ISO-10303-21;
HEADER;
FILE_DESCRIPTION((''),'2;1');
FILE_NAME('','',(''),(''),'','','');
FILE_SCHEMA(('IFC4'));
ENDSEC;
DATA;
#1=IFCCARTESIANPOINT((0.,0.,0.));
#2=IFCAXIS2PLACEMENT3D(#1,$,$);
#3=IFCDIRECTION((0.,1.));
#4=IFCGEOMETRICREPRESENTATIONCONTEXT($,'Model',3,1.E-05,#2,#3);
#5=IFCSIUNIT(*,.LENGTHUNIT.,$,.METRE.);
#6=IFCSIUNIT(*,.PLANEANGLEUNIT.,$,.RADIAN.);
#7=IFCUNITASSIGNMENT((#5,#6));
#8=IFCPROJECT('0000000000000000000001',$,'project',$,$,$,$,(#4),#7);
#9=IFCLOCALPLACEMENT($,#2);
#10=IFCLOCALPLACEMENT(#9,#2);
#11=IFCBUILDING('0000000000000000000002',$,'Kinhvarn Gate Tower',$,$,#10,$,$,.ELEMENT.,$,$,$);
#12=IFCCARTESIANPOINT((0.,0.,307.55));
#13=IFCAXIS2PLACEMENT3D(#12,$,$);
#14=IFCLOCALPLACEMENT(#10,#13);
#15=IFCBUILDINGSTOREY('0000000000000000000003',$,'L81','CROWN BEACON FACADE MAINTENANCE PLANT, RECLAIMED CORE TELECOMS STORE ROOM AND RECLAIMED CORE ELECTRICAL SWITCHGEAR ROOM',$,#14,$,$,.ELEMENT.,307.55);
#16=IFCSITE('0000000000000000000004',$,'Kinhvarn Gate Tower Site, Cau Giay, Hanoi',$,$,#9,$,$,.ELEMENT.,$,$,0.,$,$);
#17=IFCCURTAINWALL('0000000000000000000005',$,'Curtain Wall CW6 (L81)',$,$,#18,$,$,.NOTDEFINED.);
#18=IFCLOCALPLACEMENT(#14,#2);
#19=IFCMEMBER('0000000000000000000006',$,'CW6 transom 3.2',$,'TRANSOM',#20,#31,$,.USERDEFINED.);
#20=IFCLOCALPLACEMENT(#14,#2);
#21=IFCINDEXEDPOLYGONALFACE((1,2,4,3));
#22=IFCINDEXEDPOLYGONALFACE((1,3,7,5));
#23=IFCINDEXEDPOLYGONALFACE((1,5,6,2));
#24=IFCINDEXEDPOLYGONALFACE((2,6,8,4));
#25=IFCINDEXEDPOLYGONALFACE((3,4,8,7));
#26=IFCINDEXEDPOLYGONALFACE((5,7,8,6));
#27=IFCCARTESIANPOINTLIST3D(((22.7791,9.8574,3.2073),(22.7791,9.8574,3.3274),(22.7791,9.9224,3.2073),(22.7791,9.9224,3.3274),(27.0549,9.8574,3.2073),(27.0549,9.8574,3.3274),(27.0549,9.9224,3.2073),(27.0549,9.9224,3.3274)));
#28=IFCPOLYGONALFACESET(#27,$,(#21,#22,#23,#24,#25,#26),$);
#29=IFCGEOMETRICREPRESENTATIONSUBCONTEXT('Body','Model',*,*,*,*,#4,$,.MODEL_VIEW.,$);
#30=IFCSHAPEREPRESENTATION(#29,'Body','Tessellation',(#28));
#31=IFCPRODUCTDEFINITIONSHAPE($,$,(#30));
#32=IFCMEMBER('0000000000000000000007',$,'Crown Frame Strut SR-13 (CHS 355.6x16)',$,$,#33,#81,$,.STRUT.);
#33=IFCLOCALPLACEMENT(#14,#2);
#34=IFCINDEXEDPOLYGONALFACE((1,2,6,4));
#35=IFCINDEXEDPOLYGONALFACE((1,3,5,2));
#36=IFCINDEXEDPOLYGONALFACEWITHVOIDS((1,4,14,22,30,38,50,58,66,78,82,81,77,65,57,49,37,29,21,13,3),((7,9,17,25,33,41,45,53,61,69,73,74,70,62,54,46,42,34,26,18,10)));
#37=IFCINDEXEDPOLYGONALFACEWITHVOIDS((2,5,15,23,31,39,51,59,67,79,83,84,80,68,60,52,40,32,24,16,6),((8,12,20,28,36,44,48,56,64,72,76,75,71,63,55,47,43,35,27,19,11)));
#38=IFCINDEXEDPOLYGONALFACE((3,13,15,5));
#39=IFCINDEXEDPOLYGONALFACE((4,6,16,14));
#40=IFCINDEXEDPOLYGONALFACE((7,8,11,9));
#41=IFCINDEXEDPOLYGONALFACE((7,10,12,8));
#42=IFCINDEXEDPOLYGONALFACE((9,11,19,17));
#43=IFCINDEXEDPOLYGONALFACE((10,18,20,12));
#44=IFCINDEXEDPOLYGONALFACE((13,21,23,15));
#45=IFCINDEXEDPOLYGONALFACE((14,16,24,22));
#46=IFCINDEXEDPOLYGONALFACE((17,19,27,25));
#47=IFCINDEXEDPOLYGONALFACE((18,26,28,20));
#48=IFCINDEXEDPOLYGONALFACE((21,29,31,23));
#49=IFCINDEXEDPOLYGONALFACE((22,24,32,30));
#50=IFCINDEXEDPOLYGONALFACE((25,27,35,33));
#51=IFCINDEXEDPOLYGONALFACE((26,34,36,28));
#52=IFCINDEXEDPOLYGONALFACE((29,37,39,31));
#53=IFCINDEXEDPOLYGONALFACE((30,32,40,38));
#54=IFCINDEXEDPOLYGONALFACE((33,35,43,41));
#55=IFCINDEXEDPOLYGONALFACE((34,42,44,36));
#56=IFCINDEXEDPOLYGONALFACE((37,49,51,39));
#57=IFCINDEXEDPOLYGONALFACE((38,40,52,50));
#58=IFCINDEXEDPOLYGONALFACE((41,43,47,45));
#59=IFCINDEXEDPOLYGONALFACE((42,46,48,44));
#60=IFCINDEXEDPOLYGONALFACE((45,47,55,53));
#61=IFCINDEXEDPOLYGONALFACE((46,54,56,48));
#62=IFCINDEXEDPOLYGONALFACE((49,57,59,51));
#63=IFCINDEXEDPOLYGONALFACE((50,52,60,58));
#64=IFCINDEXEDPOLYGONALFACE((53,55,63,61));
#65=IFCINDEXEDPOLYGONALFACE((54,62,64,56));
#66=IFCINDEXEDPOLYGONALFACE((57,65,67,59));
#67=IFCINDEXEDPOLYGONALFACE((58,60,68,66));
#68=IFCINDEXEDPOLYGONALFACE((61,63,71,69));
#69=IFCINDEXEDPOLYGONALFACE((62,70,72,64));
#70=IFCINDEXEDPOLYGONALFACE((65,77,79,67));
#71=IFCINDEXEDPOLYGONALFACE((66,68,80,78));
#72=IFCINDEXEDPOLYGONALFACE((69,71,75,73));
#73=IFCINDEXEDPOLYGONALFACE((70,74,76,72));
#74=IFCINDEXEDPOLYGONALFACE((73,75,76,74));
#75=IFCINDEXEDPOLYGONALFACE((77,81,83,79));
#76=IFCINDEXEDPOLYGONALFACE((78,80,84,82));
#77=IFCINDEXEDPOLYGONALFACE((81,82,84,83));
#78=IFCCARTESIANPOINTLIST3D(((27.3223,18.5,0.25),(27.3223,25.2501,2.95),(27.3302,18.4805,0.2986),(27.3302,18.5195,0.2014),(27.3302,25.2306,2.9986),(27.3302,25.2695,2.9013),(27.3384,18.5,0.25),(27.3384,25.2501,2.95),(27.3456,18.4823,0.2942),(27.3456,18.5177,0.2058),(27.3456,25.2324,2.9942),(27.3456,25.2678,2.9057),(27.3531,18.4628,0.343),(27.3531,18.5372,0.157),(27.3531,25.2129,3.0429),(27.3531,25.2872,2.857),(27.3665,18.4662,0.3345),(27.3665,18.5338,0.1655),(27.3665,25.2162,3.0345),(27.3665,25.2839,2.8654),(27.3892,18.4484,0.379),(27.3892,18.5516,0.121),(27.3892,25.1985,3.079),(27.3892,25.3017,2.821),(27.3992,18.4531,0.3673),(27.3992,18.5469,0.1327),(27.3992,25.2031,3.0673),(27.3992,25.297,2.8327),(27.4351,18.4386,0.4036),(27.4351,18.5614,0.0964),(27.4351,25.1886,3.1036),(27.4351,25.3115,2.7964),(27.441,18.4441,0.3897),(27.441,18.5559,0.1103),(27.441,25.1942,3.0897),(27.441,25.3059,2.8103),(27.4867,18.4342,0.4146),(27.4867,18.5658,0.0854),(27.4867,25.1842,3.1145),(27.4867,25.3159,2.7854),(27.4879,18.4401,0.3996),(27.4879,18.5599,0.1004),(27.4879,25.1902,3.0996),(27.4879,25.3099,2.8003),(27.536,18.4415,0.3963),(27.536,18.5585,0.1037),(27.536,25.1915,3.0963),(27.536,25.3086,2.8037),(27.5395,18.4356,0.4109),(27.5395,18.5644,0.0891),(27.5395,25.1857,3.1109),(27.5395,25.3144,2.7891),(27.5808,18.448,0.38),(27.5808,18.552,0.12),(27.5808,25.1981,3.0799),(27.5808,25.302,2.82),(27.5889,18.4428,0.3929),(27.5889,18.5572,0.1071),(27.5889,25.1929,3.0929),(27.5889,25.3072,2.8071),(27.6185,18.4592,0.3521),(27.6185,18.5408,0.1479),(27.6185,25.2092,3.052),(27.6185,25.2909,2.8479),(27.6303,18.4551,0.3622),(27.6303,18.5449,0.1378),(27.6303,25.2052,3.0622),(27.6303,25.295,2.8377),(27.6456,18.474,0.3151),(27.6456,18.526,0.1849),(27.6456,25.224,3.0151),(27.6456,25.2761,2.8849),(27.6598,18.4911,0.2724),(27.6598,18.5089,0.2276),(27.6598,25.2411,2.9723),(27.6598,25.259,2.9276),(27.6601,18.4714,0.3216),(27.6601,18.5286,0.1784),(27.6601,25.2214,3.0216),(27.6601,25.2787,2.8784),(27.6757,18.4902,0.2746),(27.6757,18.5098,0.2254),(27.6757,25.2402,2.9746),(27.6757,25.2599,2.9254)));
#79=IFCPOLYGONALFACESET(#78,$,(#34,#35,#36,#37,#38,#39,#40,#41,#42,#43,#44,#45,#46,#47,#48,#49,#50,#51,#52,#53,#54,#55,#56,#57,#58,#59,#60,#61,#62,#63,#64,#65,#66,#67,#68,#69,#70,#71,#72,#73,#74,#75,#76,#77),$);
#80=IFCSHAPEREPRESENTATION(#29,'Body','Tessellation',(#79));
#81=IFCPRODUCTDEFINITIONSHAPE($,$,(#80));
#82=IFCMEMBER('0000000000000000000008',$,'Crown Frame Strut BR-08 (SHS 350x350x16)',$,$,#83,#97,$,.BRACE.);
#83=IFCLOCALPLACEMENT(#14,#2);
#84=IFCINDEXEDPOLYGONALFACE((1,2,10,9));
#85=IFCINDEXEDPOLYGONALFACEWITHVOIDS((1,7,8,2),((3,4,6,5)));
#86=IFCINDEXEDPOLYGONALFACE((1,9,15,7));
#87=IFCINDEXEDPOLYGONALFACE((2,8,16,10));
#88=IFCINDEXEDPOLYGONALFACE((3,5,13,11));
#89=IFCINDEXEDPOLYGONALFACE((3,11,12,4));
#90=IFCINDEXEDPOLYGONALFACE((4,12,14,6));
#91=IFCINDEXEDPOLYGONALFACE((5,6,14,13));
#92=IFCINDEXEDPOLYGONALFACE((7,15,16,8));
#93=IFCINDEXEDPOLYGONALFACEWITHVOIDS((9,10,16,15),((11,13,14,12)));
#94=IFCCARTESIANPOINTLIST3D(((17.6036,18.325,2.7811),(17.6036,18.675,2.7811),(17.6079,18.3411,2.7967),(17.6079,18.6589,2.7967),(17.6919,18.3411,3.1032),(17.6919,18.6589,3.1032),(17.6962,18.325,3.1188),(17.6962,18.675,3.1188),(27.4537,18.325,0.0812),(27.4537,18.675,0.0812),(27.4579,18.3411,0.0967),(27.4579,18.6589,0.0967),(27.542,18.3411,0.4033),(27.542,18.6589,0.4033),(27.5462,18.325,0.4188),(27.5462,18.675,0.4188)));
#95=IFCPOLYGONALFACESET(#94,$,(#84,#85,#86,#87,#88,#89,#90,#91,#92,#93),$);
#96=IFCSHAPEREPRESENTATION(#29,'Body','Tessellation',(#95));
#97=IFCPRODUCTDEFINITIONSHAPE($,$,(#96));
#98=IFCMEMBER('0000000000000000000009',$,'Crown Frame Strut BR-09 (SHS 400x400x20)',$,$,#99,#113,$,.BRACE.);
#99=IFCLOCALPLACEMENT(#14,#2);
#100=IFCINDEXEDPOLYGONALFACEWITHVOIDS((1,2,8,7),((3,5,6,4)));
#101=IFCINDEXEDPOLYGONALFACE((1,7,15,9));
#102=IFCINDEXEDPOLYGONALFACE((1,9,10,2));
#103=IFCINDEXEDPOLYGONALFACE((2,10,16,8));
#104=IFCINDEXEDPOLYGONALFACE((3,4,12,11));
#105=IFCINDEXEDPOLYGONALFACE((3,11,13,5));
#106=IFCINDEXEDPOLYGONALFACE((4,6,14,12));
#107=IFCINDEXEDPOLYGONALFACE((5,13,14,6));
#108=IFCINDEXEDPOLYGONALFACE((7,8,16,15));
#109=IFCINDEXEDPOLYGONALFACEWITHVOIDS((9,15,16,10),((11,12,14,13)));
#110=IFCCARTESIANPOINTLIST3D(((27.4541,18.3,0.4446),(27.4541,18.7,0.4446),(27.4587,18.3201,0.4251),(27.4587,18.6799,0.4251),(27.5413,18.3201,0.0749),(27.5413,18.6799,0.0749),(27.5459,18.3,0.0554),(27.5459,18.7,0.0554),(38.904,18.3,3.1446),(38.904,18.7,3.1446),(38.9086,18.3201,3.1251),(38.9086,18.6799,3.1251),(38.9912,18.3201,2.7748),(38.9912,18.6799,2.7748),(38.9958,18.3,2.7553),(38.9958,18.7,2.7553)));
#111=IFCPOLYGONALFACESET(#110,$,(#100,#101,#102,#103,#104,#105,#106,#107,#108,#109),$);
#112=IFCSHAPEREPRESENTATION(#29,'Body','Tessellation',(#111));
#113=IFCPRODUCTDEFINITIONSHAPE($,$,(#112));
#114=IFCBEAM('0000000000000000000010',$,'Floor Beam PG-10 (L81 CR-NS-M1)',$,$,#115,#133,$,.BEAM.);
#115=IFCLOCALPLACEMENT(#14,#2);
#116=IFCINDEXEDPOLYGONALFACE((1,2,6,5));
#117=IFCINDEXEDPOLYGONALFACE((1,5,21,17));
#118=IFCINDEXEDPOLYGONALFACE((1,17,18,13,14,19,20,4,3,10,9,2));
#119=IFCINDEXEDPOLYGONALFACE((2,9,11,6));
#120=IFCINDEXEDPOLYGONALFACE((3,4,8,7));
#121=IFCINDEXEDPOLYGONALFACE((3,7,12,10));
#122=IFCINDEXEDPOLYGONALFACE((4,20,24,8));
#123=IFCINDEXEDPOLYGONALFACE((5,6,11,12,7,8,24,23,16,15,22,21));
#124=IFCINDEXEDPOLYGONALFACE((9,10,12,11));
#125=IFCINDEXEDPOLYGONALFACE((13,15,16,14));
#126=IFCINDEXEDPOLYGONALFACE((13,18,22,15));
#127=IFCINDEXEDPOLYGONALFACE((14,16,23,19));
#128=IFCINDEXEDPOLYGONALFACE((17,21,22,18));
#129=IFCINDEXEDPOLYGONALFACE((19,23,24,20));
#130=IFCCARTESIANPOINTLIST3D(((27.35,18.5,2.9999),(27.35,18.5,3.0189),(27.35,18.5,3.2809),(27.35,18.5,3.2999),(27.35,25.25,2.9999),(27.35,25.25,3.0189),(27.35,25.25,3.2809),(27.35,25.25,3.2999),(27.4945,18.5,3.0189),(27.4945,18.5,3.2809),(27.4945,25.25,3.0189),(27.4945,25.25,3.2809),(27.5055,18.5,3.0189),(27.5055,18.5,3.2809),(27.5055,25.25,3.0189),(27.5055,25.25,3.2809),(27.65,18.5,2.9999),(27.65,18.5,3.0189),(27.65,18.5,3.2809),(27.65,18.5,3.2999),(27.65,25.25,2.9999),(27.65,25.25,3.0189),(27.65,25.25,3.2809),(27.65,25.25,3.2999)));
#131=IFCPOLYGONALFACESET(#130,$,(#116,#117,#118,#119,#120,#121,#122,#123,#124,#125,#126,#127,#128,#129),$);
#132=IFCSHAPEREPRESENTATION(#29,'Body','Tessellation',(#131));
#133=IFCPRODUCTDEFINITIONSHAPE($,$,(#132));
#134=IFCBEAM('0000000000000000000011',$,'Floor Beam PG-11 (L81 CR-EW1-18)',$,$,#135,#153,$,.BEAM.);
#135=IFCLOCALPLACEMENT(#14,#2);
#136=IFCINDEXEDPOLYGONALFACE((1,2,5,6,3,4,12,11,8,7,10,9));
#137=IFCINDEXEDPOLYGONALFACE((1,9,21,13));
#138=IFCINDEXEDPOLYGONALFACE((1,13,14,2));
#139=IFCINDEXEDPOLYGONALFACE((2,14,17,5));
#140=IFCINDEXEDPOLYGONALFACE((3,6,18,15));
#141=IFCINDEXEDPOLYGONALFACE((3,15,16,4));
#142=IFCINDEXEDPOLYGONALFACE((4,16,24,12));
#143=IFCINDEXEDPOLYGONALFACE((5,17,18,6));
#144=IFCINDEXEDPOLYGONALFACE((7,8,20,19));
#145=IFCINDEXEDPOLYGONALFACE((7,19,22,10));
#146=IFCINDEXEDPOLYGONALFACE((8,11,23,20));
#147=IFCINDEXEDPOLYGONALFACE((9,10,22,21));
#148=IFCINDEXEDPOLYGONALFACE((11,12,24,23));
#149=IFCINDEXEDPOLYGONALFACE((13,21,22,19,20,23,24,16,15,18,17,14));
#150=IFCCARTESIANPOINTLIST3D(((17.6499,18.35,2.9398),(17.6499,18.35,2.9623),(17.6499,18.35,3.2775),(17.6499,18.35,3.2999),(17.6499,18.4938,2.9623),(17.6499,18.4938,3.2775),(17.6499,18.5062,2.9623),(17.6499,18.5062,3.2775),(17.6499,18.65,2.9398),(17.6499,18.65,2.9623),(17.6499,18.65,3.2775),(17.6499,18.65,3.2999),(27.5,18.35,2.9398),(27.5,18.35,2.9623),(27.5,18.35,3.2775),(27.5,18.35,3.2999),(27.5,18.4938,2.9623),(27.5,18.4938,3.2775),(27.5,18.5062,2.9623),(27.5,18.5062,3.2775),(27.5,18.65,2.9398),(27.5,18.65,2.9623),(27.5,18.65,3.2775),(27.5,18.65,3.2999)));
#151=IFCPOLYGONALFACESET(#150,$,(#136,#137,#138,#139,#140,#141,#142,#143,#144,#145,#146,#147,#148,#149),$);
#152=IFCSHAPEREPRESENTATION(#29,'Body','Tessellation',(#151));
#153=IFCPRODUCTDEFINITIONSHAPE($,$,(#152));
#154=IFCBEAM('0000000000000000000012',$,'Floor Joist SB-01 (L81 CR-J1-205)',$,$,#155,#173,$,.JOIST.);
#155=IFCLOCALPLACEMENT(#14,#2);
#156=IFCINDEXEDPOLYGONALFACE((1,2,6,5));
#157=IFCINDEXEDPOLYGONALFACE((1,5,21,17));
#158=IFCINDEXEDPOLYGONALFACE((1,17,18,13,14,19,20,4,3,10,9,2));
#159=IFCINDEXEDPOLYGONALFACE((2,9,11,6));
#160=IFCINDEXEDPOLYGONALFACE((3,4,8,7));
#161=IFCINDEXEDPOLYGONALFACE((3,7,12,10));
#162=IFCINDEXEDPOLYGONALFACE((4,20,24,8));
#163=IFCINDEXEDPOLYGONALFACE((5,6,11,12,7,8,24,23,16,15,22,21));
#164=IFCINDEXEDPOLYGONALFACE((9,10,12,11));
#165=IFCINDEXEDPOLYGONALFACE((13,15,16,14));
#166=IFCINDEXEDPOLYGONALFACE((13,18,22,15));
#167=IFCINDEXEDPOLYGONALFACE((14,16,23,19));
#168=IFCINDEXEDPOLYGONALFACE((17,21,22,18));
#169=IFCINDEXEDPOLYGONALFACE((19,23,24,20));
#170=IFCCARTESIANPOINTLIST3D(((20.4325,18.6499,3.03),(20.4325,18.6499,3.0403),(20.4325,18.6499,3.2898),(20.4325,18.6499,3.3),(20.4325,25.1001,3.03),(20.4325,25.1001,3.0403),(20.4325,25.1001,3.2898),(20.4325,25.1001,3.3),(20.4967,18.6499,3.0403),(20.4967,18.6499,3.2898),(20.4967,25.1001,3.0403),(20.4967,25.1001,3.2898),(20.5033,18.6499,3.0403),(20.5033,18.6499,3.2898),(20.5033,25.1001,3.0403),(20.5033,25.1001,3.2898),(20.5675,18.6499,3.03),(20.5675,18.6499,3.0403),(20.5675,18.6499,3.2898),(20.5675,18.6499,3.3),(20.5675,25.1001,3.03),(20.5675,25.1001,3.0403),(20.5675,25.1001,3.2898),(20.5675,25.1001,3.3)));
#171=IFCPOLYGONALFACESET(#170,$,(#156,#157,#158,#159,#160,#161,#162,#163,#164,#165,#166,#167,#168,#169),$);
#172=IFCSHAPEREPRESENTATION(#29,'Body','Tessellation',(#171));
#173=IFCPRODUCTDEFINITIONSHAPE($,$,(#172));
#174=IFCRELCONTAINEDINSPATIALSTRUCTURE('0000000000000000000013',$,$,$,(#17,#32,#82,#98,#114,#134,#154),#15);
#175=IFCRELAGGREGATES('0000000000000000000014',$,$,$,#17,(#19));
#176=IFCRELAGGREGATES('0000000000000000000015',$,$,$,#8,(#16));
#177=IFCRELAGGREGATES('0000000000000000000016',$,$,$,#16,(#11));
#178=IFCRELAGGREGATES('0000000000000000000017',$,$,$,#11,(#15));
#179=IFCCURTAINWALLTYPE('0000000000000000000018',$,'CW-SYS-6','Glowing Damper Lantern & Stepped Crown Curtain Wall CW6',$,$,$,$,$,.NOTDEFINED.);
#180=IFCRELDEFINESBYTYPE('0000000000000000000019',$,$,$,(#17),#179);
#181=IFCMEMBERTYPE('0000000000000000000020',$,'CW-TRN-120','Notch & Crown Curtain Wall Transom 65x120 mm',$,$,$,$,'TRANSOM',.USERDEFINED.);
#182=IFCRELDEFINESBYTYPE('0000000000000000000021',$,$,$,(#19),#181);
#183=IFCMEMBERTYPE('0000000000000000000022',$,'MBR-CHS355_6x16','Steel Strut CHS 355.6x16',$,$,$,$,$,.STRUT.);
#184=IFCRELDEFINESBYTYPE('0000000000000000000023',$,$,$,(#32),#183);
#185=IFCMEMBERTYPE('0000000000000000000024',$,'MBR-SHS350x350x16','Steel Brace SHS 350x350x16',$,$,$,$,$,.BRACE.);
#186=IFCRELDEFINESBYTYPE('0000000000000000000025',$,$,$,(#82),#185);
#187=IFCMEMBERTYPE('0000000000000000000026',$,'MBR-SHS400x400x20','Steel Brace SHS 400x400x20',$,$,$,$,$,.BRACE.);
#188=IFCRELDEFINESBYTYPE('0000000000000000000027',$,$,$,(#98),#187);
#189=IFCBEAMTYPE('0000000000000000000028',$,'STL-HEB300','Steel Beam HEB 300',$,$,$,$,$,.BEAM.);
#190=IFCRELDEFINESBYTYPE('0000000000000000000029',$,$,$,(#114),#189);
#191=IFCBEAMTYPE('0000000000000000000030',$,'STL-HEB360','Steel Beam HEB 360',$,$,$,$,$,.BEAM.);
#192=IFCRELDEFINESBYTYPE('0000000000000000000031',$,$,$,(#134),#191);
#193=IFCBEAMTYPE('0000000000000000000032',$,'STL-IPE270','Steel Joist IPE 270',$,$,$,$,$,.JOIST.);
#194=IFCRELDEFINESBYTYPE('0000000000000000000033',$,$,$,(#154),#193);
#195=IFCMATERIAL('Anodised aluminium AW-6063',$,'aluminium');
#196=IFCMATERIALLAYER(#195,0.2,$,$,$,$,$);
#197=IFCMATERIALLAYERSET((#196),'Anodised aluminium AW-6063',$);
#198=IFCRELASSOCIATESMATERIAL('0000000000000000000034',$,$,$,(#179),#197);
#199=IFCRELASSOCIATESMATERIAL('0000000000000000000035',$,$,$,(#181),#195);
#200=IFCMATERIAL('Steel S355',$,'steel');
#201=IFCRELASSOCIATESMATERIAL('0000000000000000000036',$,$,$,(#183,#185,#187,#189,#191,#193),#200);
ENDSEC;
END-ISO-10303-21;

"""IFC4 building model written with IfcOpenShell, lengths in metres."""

from ifc_helpers import new_model, si_unit, direction, frame, origin, origin_2d, place, context, subcontext, project, spatial, rectangle, hollow_rectangle, hollow_circle, i_section, extrude, material, layer, layer_set, material_profile, profile_set, type_object, element, aggregate, save


model = new_model("IFC4")

# Units and contexts
model_context = context("Model", 3, precision=1e-05, world=origin(), true_north=direction((0.0, 1.0)))
body_context = subcontext(model_context, "Body", "Model", "MODEL_VIEW")
ifc_project = project(units=[si_unit("LENGTHUNIT", "METRE"), si_unit("PLANEANGLEUNIT", "RADIAN")], contexts=[model_context])

# Site, building, storey
site_placement = place(None, origin())
site = spatial("IfcSite", under=ifc_project, at=site_placement, Name="Kinhvarn Gate Tower Site, Cau Giay, Hanoi", CompositionType="ELEMENT", RefElevation=0.0)
building_placement = place(site_placement, origin())
building = spatial("IfcBuilding", under=site, at=building_placement, Name="Kinhvarn Gate Tower", CompositionType="ELEMENT")
storey_placement = place(building_placement, frame((0.0, 0.0, 307.55)))
storey = spatial("IfcBuildingStorey", under=building, at=storey_placement, Name="L81", Description="CROWN BEACON FACADE MAINTENANCE PLANT, RECLAIMED CORE TELECOMS STORE ROOM AND RECLAIMED CORE ELECTRICAL SWITCHGEAR ROOM", CompositionType="ELEMENT", Elevation=307.55)

# Curtain wall
ifc_material_1 = material(Name="Anodised aluminium AW-6063", Category="aluminium")
ifc_layer_1 = layer(ifc_material_1, 0.2)
ifc_layer_set_1 = layer_set([ifc_layer_1], Name="Anodised aluminium AW-6063")
curtain_wall_type = type_object("IfcCurtainWallType", Name="CW-SYS-6", Description="Glowing Damper Lantern & Stepped Crown Curtain Wall CW6", PredefinedType="NOTDEFINED", material=ifc_layer_set_1)
curtain_wall_1_placement = place(storey_placement, origin())
curtain_wall_1 = element("IfcCurtainWall", 1, at=curtain_wall_1_placement, inside=storey, type_object=curtain_wall_type, Name="Curtain Wall CW6 (L81)", PredefinedType="NOTDEFINED")

# Member
ifc_material_profile_1 = material_profile(ifc_material_1, rectangle(XDim=0.0649, YDim=0.1201, at=origin_2d()), Name="ALU 65x120")
ifc_profile_set_1 = profile_set([ifc_material_profile_1], Name="Anodised aluminium AW-6063")
member_type_1 = type_object("IfcMemberType", Name="CW-TRN-120", Description="Notch & Crown Curtain Wall Transom 65x120 mm", ElementType="TRANSOM", PredefinedType="USERDEFINED", material=ifc_profile_set_1)
member_1_placement = place(storey_placement, frame((22.7791, 9.8899, 3.2673), z_axis=(1.0, 0.0, 0.0), x_axis=(0.0, 1.0, 0.0)))
member_1 = element("IfcMember", 2, at=member_1_placement, type_object=member_type_1, Name="CW6 transom 3.2", ObjectType="TRANSOM", PredefinedType="USERDEFINED", context=body_context, shape_type="SweptSolid", body=[
    extrude(rectangle(XDim=0.0649, YDim=0.1201, at=origin_2d()), origin(), (0.0, 0.0, 1.0), 4.2759),
])

# Members
ifc_material_2 = material(Name="Steel S355", Category="steel")
ifc_material_profile_2 = material_profile(ifc_material_2, hollow_circle(Radius=0.1777, WallThickness=0.0161, at=origin_2d()), Name="CHS 355.6x16")
ifc_profile_set_2 = profile_set([ifc_material_profile_2], Name="Steel S355")
member_type_2 = type_object("IfcMemberType", Name="MBR-CHS355_6x16", Description="Steel Strut CHS 355.6x16", PredefinedType="STRUT", material=ifc_profile_set_2)
member_2_placement = place(storey_placement, frame((27.5, 18.5, 0.25), z_axis=(0.0, 0.928479, 0.371385), x_axis=(-1.0, 0.0, 0.0)))
element("IfcMember", 3, at=member_2_placement, inside=storey, type_object=member_type_2, Name="Crown Frame Strut SR-13 (CHS 355.6x16)", PredefinedType="STRUT", context=body_context, shape_type="SweptSolid", body=[
    extrude(hollow_circle(Radius=0.1777, WallThickness=0.0161, at=origin_2d()), origin(), (0.0, 0.0, 1.0), 7.27),
])
ifc_material_profile_3 = material_profile(ifc_material_2, hollow_rectangle(XDim=0.3501, YDim=0.3501, WallThickness=0.0161, at=origin_2d()), Name="SHS 350x350x16")
ifc_profile_set_3 = profile_set([ifc_material_profile_3], Name="Steel S355")
member_type_3 = type_object("IfcMemberType", Name="MBR-SHS350x350x16", Description="Steel Brace SHS 350x350x16", PredefinedType="BRACE", material=ifc_profile_set_3)
member_3_placement = place(storey_placement, frame((17.6499, 18.5, 2.95), z_axis=(0.964426, 0.0, -0.264353), x_axis=(0.0, 1.0, 0.0)))
element("IfcMember", 4, at=member_3_placement, inside=storey, type_object=member_type_3, Name="Crown Frame Strut BR-08 (SHS 350x350x16)", PredefinedType="BRACE", context=body_context, shape_type="SweptSolid", body=[
    extrude(hollow_rectangle(XDim=0.3501, YDim=0.3501, WallThickness=0.0161, at=origin_2d()), origin(), (0.0, 0.0, 1.0), 10.2134),
])
ifc_material_profile_4 = material_profile(ifc_material_2, hollow_rectangle(XDim=0.3999, YDim=0.3999, WallThickness=0.02, at=origin_2d()), Name="SHS 400x400x20")
ifc_profile_set_4 = profile_set([ifc_material_profile_4], Name="Steel S355")
member_type_4 = type_object("IfcMemberType", Name="MBR-SHS400x400x20", Description="Steel Brace SHS 400x400x20", PredefinedType="BRACE", material=ifc_profile_set_4)
member_4_placement = place(storey_placement, frame((27.5, 18.5, 0.25), z_axis=(0.973306, 0.0, 0.22951), x_axis=(0.0, 1.0, 0.0)))
element("IfcMember", 5, at=member_4_placement, inside=storey, type_object=member_type_4, Name="Crown Frame Strut BR-09 (SHS 400x400x20)", PredefinedType="BRACE", context=body_context, shape_type="SweptSolid", body=[
    extrude(hollow_rectangle(XDim=0.3999, YDim=0.3999, WallThickness=0.02, at=origin_2d()), origin(), (0.0, 0.0, 1.0), 11.7639),
])

# Beams
ifc_material_profile_5 = material_profile(ifc_material_2, i_section(OverallWidth=0.3, OverallDepth=0.3, WebThickness=0.011, FlangeThickness=0.019, at=origin_2d()), Name="HEB 300")
ifc_profile_set_5 = profile_set([ifc_material_profile_5], Name="Steel S355")
beam_type_1 = type_object("IfcBeamType", Name="STL-HEB300", Description="Steel Beam HEB 300", PredefinedType="BEAM", material=ifc_profile_set_5)
beam_1_placement = place(storey_placement, frame((27.5, 18.5, 3.1499), z_axis=(0.0, 1.0, 0.0), x_axis=(-1.0, 0.0, 0.0)))
element("IfcBeam", 6, at=beam_1_placement, inside=storey, type_object=beam_type_1, Name="Floor Beam PG-10 (L81 CR-NS-M1)", PredefinedType="BEAM", context=body_context, shape_type="SweptSolid", body=[
    extrude(i_section(OverallWidth=0.3, OverallDepth=0.3, WebThickness=0.011, FlangeThickness=0.019, at=origin_2d()), origin(), (0.0, 0.0, 1.0), 6.75),
])
ifc_material_profile_6 = material_profile(ifc_material_2, i_section(OverallWidth=0.3, OverallDepth=0.3601, WebThickness=0.0125, FlangeThickness=0.0225, at=origin_2d()), Name="HEB 360")
ifc_profile_set_6 = profile_set([ifc_material_profile_6], Name="Steel S355")
beam_type_2 = type_object("IfcBeamType", Name="STL-HEB360", Description="Steel Beam HEB 360", PredefinedType="BEAM", material=ifc_profile_set_6)
beam_2_placement = place(storey_placement, frame((17.6499, 18.5, 3.1199), z_axis=(1.0, 0.0, 0.0), x_axis=(0.0, 1.0, 0.0)))
element("IfcBeam", 7, at=beam_2_placement, inside=storey, type_object=beam_type_2, Name="Floor Beam PG-11 (L81 CR-EW1-18)", PredefinedType="BEAM", context=body_context, shape_type="SweptSolid", body=[
    extrude(i_section(OverallWidth=0.3, OverallDepth=0.3601, WebThickness=0.0125, FlangeThickness=0.0225, at=origin_2d()), origin(), (0.0, 0.0, 1.0), 9.8501),
])
ifc_material_profile_7 = material_profile(ifc_material_2, i_section(OverallWidth=0.135, OverallDepth=0.27, WebThickness=0.0066, FlangeThickness=0.0103, at=origin_2d()), Name="IPE 270")
ifc_profile_set_7 = profile_set([ifc_material_profile_7], Name="Steel S355")
beam_type_3 = type_object("IfcBeamType", Name="STL-IPE270", Description="Steel Joist IPE 270", PredefinedType="JOIST", material=ifc_profile_set_7)
for number, where, z_axis, x_axis, name in (
    (8, (20.5, 18.6499, 3.165), (0.0, 1.0, 0.0), (-1.0, 0.0, 0.0), "Floor Joist SB-01 (L81 CR-J1-205)"),
):
    element("IfcBeam", number, at=place(storey_placement, frame(where, z_axis=z_axis, x_axis=x_axis)), inside=storey, type_object=beam_type_3, Name=name, PredefinedType="JOIST", context=body_context, shape_type="SweptSolid", body=[
        extrude(i_section(OverallWidth=0.135, OverallDepth=0.27, WebThickness=0.0066, FlangeThickness=0.0103, at=origin_2d()), origin(), (0.0, 0.0, 1.0), 6.4502),
    ])

aggregate(curtain_wall_1, [member_1])

save(model, "model.ifc")
